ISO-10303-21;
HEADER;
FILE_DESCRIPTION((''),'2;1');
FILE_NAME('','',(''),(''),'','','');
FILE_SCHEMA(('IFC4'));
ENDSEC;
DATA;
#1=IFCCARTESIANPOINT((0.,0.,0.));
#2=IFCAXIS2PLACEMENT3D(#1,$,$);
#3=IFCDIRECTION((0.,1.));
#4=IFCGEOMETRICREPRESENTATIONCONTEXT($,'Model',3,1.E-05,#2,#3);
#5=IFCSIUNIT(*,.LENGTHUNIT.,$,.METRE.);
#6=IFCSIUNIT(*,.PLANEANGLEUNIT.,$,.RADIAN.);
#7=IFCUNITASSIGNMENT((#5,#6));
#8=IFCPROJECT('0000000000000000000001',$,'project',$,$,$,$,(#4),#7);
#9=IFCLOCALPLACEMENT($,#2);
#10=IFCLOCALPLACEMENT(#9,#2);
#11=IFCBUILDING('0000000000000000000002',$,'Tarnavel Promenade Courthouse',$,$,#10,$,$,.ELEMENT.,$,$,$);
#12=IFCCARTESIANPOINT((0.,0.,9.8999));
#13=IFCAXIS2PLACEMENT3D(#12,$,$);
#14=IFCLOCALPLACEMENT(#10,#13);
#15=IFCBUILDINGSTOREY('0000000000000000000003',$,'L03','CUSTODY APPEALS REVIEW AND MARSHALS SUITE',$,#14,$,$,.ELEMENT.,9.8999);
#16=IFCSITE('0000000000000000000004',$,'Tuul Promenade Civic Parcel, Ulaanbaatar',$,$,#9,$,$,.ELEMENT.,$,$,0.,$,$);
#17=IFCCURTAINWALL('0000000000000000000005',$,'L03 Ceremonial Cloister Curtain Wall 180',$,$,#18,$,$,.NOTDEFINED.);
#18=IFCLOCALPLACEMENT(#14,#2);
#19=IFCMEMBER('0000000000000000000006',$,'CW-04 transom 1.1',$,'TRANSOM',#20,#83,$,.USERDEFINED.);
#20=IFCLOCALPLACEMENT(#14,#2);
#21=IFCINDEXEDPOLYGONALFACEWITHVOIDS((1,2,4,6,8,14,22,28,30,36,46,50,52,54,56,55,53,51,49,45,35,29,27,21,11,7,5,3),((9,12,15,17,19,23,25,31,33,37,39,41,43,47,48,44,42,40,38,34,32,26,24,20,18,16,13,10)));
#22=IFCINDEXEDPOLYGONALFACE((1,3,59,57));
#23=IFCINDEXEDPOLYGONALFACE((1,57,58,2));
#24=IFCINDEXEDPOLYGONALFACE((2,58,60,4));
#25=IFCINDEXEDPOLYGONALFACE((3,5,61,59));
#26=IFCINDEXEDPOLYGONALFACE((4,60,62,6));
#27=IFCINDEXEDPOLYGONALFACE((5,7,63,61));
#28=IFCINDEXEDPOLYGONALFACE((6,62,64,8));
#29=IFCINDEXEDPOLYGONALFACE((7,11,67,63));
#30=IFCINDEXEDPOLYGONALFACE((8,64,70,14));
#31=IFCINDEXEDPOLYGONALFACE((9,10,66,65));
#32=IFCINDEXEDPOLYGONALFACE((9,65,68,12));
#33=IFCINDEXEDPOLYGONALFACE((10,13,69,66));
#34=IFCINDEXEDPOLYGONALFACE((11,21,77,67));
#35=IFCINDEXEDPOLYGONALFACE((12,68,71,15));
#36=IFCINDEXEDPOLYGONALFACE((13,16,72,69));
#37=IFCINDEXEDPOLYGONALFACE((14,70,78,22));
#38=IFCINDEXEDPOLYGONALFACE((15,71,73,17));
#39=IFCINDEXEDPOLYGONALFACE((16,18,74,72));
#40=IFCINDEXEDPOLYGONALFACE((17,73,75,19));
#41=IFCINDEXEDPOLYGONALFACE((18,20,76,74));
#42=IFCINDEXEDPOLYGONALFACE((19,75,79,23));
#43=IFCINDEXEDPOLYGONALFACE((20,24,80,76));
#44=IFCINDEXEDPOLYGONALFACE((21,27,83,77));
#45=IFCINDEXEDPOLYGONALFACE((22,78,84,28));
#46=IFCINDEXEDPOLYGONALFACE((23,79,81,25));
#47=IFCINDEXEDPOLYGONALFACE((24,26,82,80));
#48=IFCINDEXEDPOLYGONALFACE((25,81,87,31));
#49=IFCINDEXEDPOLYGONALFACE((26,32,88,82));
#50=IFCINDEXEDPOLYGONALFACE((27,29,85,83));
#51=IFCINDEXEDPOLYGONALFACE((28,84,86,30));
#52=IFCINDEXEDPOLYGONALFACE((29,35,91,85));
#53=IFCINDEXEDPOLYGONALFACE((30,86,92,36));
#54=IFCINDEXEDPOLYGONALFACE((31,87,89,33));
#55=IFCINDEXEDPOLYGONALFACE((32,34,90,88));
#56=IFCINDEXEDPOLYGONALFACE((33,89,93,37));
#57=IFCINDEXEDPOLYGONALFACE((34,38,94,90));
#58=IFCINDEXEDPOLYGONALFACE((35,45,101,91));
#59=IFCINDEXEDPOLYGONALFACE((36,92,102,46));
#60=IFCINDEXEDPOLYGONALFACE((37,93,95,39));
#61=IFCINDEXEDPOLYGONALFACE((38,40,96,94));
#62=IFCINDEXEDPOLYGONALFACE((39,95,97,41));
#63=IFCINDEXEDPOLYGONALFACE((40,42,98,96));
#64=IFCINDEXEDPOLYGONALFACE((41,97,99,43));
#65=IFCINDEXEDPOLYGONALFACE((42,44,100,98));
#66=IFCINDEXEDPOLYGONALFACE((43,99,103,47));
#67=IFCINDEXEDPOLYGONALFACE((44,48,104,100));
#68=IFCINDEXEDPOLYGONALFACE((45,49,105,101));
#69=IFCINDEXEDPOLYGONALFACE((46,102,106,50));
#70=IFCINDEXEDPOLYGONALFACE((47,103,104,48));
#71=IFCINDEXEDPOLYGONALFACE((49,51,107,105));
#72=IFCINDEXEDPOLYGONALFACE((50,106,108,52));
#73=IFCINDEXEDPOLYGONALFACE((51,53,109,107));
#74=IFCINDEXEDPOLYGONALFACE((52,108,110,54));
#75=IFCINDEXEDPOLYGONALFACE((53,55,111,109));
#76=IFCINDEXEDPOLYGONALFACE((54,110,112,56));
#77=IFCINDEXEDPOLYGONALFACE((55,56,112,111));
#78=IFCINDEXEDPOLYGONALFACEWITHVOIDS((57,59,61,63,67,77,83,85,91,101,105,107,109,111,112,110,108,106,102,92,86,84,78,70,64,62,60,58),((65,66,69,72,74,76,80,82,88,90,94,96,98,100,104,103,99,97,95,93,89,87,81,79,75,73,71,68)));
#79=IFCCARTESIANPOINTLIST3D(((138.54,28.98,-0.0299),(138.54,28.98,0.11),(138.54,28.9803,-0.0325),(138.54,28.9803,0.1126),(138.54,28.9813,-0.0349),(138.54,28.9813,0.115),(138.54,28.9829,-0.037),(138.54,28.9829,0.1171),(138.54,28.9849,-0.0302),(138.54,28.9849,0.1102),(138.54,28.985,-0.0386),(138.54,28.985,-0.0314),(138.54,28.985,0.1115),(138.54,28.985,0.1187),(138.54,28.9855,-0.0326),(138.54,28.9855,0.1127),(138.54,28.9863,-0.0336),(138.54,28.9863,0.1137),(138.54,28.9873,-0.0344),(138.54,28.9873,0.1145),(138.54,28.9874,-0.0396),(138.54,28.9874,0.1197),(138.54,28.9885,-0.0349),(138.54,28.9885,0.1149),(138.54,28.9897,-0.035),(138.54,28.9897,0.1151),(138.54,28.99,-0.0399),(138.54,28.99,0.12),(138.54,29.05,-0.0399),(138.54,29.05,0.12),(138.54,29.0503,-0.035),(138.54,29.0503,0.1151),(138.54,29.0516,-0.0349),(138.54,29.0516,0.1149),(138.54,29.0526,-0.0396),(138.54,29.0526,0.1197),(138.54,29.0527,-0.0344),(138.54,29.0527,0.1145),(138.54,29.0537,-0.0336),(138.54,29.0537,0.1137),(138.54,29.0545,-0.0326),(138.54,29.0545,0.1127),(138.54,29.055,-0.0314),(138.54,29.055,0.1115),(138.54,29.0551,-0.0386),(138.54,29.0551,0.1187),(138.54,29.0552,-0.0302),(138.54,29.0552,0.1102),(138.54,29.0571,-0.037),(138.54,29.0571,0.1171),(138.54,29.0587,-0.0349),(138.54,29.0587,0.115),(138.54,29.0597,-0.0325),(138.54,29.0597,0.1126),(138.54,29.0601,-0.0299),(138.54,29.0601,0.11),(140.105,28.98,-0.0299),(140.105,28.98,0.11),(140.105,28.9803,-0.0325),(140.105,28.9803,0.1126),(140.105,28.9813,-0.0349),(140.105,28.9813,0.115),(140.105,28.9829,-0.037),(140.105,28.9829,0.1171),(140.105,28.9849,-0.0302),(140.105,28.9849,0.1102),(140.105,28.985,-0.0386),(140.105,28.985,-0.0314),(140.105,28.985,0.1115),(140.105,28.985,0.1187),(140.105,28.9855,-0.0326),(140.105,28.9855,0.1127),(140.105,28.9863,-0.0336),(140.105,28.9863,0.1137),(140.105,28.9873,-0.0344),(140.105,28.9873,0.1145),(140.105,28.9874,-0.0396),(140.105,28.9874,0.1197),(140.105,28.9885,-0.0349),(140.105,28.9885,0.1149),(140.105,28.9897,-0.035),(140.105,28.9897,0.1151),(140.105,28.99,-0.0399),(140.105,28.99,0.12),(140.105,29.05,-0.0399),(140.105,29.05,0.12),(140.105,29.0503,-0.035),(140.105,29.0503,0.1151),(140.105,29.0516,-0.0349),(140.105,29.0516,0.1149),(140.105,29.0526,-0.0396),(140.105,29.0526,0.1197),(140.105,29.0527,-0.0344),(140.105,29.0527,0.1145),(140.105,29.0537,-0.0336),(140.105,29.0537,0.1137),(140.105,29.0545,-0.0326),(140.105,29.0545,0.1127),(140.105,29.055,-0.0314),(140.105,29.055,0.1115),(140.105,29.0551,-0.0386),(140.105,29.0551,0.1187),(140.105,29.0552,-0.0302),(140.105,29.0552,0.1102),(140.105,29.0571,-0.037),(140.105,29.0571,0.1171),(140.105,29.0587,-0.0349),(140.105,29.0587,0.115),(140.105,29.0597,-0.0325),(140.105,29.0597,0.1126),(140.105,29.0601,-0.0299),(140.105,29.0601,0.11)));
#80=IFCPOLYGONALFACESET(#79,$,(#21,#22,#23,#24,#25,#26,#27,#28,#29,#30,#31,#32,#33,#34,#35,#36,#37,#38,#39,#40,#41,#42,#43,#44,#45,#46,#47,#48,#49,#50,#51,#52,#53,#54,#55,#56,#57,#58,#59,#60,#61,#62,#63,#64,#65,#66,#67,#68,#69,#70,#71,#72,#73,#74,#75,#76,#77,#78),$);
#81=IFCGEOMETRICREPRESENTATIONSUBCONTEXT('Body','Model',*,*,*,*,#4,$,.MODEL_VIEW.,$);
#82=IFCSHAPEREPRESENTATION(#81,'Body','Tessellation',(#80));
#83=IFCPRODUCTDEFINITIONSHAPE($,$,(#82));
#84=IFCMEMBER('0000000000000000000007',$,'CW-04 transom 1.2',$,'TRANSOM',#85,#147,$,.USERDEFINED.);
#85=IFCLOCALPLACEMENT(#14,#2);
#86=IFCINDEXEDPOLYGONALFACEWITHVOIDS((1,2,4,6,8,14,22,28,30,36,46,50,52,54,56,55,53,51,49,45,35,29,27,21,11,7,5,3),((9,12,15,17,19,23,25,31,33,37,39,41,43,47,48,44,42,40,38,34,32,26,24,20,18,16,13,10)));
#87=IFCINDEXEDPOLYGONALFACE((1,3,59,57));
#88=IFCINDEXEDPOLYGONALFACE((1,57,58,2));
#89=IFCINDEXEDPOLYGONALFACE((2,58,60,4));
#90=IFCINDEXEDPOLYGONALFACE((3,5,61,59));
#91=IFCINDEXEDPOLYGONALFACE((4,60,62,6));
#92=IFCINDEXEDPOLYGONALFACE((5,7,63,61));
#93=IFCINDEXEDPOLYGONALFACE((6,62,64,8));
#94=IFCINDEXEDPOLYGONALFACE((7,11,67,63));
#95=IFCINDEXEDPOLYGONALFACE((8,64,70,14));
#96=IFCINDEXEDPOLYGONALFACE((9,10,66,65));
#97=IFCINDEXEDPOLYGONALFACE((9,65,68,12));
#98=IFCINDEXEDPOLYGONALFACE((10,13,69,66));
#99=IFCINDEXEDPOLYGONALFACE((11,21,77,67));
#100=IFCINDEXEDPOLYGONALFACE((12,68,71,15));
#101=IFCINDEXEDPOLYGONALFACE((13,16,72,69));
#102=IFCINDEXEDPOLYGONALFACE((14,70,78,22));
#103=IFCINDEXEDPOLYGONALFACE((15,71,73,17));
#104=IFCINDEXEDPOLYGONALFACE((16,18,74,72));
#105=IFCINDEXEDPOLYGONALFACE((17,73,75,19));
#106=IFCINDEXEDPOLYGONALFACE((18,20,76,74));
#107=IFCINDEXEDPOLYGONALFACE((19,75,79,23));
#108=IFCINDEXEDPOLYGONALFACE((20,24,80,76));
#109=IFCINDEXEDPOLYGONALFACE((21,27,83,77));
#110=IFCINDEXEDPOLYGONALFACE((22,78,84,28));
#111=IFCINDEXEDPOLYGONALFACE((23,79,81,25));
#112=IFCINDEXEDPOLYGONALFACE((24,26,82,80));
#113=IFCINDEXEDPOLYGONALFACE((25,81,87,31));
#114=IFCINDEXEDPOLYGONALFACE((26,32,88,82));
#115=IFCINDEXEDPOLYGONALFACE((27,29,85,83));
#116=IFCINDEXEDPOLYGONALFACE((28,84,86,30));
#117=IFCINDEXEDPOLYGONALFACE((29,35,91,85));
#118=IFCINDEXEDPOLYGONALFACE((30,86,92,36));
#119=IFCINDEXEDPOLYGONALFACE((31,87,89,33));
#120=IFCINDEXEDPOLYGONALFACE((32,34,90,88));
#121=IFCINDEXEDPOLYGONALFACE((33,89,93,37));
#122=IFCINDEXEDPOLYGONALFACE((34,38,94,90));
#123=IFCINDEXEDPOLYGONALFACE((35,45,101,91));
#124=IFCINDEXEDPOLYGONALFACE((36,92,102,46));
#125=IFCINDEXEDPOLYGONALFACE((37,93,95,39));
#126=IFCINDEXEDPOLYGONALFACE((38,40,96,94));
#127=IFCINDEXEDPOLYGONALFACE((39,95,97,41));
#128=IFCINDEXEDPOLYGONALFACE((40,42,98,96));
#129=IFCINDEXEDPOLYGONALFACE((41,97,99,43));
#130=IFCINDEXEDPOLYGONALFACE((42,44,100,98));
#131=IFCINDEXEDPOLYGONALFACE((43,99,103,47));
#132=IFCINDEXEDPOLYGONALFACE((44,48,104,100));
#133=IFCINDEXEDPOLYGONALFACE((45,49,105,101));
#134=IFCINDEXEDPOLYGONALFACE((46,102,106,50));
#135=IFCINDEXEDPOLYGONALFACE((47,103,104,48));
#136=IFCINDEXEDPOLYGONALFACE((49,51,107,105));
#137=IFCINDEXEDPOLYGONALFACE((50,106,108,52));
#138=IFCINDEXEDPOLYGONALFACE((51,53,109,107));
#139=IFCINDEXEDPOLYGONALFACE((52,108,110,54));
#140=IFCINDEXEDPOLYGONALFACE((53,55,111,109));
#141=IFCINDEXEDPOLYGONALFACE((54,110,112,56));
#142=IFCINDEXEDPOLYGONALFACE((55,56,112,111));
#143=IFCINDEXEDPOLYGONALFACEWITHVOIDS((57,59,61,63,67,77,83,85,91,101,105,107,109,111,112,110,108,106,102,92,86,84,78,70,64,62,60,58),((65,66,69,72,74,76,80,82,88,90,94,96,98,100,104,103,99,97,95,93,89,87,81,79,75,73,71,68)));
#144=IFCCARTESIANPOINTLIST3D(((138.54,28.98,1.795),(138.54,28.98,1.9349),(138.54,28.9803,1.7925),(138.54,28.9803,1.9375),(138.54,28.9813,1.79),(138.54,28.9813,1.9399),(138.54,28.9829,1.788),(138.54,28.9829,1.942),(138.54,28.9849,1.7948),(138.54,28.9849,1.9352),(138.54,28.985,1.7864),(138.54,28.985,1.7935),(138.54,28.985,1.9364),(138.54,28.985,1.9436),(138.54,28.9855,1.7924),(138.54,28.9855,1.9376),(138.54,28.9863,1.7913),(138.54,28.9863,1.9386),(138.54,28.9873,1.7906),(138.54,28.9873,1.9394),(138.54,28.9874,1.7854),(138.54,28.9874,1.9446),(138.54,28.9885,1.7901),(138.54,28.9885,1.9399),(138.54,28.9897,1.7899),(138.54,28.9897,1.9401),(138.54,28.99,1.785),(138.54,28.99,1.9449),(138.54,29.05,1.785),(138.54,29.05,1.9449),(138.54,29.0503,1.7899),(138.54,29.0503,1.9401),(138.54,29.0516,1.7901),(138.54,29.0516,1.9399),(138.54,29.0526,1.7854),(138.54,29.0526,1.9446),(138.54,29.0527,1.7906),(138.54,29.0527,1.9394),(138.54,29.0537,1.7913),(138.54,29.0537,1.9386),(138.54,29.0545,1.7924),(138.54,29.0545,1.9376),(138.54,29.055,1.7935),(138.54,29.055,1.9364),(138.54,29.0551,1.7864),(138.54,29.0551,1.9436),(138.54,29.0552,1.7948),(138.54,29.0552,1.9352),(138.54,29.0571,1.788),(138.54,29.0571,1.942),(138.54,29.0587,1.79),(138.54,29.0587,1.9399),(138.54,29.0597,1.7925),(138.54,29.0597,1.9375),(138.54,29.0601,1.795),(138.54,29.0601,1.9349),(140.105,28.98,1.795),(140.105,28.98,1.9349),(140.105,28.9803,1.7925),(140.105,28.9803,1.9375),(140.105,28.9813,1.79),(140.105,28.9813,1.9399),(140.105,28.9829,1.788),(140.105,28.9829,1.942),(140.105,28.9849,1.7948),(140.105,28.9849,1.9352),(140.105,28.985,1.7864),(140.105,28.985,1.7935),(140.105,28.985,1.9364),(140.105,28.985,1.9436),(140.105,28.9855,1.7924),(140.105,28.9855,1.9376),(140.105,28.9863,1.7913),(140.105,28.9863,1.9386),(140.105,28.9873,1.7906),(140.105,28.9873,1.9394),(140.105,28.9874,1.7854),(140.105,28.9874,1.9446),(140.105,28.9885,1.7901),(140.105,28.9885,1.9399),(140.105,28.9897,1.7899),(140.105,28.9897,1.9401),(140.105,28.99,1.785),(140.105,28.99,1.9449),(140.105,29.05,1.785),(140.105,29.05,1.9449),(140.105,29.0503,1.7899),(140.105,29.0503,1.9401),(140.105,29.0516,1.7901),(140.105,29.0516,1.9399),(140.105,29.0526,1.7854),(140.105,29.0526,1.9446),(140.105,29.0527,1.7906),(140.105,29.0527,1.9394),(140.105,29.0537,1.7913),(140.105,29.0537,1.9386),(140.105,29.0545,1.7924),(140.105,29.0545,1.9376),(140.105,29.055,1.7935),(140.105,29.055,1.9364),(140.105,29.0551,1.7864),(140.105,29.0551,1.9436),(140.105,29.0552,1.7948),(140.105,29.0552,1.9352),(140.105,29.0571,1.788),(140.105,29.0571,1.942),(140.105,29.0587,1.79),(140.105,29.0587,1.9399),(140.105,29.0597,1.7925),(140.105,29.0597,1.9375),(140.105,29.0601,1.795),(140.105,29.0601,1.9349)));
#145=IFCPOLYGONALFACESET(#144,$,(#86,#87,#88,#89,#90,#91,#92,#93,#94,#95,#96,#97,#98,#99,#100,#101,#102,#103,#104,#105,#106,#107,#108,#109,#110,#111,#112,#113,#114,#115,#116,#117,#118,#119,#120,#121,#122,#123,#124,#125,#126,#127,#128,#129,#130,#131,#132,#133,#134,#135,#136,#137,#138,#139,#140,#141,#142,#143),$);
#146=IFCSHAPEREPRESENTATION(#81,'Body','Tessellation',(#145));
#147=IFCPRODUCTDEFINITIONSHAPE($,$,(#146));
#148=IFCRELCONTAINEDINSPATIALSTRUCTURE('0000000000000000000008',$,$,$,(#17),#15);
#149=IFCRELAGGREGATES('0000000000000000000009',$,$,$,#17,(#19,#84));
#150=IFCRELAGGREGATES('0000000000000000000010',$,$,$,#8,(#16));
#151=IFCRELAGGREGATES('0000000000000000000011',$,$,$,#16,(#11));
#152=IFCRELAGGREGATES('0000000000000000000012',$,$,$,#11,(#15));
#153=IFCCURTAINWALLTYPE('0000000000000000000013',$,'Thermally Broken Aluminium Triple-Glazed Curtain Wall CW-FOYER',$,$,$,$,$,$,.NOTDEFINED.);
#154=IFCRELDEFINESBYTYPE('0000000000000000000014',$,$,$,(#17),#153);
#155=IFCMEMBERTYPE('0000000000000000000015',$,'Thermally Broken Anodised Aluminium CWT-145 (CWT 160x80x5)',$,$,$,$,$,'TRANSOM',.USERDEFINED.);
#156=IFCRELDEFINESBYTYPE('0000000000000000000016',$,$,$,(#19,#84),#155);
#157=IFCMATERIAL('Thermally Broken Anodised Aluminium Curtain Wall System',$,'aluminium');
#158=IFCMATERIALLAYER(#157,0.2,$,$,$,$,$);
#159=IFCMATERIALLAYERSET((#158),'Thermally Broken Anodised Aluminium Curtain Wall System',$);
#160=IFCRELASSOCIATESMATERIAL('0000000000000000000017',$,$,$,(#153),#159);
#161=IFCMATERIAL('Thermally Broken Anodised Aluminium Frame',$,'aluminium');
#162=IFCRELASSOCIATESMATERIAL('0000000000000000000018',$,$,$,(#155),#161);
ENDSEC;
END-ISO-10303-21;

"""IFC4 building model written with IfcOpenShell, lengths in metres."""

from ifc_helpers import new_model, si_unit, direction, frame, origin, origin_2d, place, context, subcontext, project, spatial, hollow_rectangle, extrude, material, layer, layer_set, material_profile, profile_set, type_object, element, aggregate, save


model = new_model("IFC4")

# Units and contexts
model_context = context("Model", 3, precision=1e-05, world=origin(), true_north=direction((0.0, 1.0)))
body_context = subcontext(model_context, "Body", "Model", "MODEL_VIEW")
ifc_project = project(units=[si_unit("LENGTHUNIT", "METRE"), si_unit("PLANEANGLEUNIT", "RADIAN")], contexts=[model_context])

# Site, building, storey
site_placement = place(None, origin())
site = spatial("IfcSite", under=ifc_project, at=site_placement, Name="Tuul Promenade Civic Parcel, Ulaanbaatar", CompositionType="ELEMENT", RefElevation=0.0)
building_placement = place(site_placement, origin())
building = spatial("IfcBuilding", under=site, at=building_placement, Name="Tarnavel Promenade Courthouse", CompositionType="ELEMENT")
storey_placement = place(building_placement, frame((0.0, 0.0, 9.8999)))
storey = spatial("IfcBuildingStorey", under=building, at=storey_placement, Name="L03", Description="CUSTODY APPEALS REVIEW AND MARSHALS SUITE", CompositionType="ELEMENT", Elevation=9.8999)

# Shared definitions
ifc_material_1 = material(Name="Thermally Broken Anodised Aluminium Curtain Wall System", Category="aluminium")
ifc_layer_1 = layer(ifc_material_1, 0.2)
ifc_layer_set_1 = layer_set([ifc_layer_1], Name="Thermally Broken Anodised Aluminium Curtain Wall System")
curtain_wall_type = type_object("IfcCurtainWallType", Name="Thermally Broken Aluminium Triple-Glazed Curtain Wall CW-FOYER", PredefinedType="NOTDEFINED", material=ifc_layer_set_1)
ifc_material_2 = material(Name="Thermally Broken Anodised Aluminium Frame", Category="aluminium")

# Curtain wall
curtain_wall_1_placement = place(storey_placement, origin())
curtain_wall_1 = element("IfcCurtainWall", 1, at=curtain_wall_1_placement, inside=storey, type_object=curtain_wall_type, Name="L03 Ceremonial Cloister Curtain Wall 180", PredefinedType="NOTDEFINED")

# Members
ifc_material_profile_1 = material_profile(ifc_material_2, hollow_rectangle(XDim=0.0801, YDim=0.1599, WallThickness=0.0049, InnerFilletRadius=0.0049, OuterFilletRadius=0.01, at=origin_2d()), Name="CWT 160x80x5")
ifc_profile_set_1 = profile_set([ifc_material_profile_1], Name="Thermally Broken Anodised Aluminium Frame")
member_type_1 = type_object("IfcMemberType", Name="Thermally Broken Anodised Aluminium CWT-145 (CWT 160x80x5)", ElementType="TRANSOM", PredefinedType="USERDEFINED", material=ifc_profile_set_1)
member_1_placement = place(storey_placement, frame((138.54, 29.02, 0.04), z_axis=(1.0, 0.0, 0.0), x_axis=(0.0, 1.0, 0.0)))
member_1 = element("IfcMember", 2, at=member_1_placement, type_object=member_type_1, Name="CW-04 transom 1.1", ObjectType="TRANSOM", PredefinedType="USERDEFINED", context=body_context, shape_type="SweptSolid", body=[
    extrude(hollow_rectangle(XDim=0.0801, YDim=0.1599, WallThickness=0.0049, InnerFilletRadius=0.0049, OuterFilletRadius=0.01, at=origin_2d()), origin(), (0.0, 0.0, 1.0), 1.5649),
])
member_2_placement = place(storey_placement, frame((138.54, 29.02, 1.865), z_axis=(1.0, 0.0, 0.0), x_axis=(0.0, 1.0, 0.0)))
member_2 = element("IfcMember", 3, at=member_2_placement, type_object=member_type_1, Name="CW-04 transom 1.2", ObjectType="TRANSOM", PredefinedType="USERDEFINED", context=body_context, shape_type="SweptSolid", body=[
    extrude(hollow_rectangle(XDim=0.0801, YDim=0.1599, WallThickness=0.0049, InnerFilletRadius=0.0049, OuterFilletRadius=0.01, at=origin_2d()), origin(), (0.0, 0.0, 1.0), 1.5649),
])

aggregate(curtain_wall_1, [member_1, member_2])

save(model, "model.ifc")
